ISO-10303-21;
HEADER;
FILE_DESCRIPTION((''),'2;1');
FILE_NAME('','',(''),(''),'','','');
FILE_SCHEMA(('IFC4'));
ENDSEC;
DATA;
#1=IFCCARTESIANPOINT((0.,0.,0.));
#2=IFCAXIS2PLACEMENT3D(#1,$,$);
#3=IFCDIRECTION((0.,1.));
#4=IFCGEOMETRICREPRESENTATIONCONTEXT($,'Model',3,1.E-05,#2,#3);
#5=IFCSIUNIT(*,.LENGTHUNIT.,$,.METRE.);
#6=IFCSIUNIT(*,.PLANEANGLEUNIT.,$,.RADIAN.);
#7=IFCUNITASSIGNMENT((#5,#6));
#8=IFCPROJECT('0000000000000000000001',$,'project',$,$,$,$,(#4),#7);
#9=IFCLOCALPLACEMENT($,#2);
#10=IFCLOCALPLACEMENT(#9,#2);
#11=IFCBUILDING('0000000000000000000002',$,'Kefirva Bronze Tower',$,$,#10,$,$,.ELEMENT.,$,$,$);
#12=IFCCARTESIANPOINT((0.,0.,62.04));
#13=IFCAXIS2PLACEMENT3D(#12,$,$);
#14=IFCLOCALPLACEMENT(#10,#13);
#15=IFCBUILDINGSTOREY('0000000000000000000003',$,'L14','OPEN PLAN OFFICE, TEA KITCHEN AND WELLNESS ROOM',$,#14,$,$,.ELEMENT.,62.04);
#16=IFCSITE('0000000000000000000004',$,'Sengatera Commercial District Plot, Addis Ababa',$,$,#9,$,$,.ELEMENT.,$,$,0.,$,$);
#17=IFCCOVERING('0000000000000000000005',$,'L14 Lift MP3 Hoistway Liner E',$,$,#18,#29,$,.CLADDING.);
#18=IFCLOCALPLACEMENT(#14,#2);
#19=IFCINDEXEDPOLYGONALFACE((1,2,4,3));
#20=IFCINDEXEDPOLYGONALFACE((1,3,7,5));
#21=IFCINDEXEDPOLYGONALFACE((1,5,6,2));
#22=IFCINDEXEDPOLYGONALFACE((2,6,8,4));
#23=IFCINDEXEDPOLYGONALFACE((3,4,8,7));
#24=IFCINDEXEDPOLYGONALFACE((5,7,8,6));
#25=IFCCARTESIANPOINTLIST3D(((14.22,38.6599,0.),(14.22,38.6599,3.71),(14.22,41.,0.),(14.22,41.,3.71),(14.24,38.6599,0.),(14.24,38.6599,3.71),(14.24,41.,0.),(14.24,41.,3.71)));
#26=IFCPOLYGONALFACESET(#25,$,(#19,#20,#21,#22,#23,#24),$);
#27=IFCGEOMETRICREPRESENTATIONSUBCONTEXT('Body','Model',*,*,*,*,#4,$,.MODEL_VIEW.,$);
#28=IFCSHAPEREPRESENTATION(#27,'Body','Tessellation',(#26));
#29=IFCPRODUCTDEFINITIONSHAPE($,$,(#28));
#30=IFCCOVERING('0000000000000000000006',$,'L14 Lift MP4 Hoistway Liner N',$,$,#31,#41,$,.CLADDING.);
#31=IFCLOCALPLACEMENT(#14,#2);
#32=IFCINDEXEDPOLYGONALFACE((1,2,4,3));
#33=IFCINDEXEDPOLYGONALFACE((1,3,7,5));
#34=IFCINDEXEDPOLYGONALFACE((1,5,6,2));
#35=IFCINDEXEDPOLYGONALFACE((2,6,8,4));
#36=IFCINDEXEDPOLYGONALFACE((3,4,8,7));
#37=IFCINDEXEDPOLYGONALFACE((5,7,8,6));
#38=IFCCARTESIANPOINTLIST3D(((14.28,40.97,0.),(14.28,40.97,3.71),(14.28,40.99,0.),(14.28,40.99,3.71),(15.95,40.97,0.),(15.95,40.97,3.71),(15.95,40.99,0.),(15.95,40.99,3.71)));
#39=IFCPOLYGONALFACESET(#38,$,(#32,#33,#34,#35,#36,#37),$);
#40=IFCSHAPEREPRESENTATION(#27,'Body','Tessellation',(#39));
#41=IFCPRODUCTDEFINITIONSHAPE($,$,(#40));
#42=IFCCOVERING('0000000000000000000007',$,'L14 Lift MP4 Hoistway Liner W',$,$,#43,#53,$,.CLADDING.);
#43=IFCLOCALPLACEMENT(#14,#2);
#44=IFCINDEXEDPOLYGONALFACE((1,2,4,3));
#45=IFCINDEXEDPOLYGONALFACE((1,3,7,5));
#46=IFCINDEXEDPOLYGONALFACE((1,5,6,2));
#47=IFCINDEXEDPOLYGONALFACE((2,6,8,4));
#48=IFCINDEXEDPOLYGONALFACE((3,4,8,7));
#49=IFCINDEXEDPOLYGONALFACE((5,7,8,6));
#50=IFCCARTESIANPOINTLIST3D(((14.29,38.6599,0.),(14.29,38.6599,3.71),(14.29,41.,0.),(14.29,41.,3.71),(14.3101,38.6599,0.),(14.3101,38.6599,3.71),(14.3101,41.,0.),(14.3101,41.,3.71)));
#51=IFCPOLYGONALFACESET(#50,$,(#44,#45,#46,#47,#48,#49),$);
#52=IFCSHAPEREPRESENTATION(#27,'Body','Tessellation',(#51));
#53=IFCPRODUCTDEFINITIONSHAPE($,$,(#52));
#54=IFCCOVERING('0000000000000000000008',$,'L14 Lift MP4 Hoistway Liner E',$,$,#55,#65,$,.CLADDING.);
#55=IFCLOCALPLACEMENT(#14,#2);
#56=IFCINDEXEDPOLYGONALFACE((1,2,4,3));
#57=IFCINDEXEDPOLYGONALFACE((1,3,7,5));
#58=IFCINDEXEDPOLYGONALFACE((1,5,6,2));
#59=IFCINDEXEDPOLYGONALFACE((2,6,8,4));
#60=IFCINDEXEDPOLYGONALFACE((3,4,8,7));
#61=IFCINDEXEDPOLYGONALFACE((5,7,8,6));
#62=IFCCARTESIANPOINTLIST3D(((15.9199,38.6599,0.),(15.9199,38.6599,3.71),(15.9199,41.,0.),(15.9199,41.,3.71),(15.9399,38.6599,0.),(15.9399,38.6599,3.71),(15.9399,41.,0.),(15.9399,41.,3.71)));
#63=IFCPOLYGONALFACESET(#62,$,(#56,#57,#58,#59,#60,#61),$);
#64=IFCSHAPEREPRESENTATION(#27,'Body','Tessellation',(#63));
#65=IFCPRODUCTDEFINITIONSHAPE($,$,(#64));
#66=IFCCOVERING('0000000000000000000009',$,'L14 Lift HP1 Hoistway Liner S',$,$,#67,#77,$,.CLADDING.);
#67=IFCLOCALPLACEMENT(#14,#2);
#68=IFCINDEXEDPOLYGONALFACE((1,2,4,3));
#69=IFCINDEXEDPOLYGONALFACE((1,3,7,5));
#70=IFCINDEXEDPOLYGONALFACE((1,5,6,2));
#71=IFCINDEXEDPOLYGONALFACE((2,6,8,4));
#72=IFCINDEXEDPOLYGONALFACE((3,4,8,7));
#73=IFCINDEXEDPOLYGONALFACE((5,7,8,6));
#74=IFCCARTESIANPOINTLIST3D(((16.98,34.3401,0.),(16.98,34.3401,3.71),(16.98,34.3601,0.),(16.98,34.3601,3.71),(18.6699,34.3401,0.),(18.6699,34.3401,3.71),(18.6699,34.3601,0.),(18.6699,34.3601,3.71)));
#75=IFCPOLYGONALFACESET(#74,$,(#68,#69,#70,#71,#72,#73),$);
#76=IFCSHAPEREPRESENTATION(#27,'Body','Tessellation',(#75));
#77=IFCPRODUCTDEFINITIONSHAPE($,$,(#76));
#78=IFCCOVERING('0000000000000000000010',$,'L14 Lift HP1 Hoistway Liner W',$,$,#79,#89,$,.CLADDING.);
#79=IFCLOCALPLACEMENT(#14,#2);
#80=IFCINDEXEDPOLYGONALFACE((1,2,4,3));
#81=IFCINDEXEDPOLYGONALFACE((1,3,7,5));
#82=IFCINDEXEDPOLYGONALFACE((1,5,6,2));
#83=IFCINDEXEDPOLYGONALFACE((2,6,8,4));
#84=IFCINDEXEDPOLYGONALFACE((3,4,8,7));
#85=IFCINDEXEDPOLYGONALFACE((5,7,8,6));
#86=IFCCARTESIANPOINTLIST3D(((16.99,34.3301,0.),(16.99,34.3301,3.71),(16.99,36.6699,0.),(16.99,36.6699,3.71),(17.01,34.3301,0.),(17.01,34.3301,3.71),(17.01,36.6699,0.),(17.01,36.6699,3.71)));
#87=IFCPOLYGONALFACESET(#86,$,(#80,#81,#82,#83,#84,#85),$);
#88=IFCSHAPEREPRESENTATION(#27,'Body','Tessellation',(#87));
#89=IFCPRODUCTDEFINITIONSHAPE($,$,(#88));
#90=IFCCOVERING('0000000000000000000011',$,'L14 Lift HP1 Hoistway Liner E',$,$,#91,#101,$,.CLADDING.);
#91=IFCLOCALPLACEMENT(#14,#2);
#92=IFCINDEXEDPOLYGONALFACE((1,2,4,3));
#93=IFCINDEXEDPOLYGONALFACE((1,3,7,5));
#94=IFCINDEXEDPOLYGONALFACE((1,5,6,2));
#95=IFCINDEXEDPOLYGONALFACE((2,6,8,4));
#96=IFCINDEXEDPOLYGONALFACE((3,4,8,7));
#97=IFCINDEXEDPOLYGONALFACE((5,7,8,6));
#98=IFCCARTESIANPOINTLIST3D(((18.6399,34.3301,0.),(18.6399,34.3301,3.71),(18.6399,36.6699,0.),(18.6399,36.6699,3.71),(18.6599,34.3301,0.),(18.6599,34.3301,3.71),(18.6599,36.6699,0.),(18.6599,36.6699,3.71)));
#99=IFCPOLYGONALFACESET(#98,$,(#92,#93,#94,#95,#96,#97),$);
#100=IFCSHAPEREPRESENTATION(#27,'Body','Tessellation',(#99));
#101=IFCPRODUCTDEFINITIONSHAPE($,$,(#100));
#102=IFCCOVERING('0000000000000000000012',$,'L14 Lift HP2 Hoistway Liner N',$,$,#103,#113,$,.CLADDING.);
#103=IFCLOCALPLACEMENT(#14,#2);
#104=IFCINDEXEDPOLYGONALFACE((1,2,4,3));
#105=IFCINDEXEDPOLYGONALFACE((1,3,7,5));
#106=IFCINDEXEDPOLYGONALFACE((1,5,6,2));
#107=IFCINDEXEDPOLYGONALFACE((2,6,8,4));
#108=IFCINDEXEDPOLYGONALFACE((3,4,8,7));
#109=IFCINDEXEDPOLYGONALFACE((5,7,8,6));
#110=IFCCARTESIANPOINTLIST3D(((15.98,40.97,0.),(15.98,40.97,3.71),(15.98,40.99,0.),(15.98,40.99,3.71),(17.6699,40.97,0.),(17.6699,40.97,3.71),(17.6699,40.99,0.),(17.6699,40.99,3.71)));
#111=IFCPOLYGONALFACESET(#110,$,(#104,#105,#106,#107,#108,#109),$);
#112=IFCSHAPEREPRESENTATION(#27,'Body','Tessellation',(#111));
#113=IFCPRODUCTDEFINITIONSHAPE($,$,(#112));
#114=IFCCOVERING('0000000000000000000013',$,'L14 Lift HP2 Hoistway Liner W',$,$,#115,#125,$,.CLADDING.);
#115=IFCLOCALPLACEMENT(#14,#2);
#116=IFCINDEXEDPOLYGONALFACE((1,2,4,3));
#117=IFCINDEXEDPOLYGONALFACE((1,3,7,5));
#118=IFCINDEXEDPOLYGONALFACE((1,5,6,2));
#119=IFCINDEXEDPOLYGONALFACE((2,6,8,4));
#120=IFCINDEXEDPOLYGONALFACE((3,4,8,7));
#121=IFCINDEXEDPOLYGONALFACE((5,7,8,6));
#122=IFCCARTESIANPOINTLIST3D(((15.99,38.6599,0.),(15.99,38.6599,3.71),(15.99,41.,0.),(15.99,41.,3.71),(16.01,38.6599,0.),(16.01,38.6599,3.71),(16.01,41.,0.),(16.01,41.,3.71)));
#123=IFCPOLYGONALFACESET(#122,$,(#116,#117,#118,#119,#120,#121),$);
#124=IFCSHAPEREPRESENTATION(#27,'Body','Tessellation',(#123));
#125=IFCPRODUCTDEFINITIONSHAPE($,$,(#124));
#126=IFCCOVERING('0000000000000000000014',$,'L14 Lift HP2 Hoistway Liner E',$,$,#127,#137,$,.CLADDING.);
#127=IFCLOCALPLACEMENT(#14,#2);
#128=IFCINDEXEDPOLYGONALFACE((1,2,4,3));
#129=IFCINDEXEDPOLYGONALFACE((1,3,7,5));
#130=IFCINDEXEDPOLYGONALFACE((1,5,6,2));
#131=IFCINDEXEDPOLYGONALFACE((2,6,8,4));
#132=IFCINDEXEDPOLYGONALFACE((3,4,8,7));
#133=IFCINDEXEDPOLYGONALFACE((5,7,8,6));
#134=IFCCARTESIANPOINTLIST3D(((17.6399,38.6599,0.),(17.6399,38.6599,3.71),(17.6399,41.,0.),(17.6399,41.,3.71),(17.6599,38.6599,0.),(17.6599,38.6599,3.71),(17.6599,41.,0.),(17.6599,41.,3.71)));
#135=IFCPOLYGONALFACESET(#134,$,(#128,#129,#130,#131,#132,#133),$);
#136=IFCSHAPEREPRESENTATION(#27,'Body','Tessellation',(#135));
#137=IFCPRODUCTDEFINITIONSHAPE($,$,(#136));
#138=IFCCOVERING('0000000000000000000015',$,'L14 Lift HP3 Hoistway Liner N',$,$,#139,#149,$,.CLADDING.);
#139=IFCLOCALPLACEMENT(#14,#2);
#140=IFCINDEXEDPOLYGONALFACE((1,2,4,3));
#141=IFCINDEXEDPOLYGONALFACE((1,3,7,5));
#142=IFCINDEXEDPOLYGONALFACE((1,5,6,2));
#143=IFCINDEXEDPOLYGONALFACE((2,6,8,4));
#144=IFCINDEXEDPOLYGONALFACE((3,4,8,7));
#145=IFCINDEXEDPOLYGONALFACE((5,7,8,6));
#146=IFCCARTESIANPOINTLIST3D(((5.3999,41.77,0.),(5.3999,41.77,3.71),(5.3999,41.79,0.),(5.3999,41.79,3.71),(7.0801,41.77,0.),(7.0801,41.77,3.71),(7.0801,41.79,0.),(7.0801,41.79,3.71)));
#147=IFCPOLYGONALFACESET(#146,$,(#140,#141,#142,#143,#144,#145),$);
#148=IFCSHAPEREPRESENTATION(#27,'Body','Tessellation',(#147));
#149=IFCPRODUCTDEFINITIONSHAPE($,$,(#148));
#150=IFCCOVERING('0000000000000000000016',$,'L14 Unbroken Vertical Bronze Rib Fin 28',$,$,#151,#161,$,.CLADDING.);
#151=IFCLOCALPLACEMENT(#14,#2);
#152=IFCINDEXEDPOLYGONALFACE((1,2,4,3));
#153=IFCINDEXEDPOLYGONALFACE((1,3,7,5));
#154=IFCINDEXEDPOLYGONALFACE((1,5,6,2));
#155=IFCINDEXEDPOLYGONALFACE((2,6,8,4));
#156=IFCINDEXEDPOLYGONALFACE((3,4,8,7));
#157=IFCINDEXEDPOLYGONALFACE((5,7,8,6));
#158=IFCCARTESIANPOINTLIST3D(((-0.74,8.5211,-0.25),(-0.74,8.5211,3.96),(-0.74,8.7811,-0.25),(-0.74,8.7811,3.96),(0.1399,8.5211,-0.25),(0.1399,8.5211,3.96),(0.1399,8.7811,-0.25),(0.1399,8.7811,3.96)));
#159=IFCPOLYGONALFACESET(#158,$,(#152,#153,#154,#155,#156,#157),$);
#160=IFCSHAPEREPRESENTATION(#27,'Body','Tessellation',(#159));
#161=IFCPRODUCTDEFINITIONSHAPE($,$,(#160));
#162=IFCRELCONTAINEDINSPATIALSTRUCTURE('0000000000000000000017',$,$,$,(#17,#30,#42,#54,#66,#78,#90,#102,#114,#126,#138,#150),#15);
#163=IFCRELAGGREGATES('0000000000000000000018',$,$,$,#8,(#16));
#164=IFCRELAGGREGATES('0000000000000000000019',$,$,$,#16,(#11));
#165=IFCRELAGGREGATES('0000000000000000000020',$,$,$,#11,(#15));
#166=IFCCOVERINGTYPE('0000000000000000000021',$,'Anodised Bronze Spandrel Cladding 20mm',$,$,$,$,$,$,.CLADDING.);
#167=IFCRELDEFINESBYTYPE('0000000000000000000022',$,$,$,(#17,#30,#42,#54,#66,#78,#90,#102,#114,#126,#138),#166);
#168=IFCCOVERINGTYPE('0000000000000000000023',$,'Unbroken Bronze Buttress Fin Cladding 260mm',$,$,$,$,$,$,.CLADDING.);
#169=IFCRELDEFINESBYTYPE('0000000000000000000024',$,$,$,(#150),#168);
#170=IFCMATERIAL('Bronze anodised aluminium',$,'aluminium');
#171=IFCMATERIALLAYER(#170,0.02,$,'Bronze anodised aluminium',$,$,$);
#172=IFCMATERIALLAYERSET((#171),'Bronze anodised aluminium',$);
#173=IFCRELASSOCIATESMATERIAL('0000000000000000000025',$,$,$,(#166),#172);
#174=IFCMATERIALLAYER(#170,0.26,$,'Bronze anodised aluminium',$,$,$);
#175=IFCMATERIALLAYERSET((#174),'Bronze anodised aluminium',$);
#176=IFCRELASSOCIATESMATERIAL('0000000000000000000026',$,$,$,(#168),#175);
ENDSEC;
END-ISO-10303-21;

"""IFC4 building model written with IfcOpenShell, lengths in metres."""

from ifc_helpers import new_model, si_unit, direction, frame, origin, origin_2d, place, context, subcontext, project, spatial, polyline, rectangle, outline, extrude, material, layer, layer_set, type_object, element, save


model = new_model("IFC4")

# Units and contexts
model_context = context("Model", 3, precision=1e-05, world=origin(), true_north=direction((0.0, 1.0)))
body_context = subcontext(model_context, "Body", "Model", "MODEL_VIEW")
ifc_project = project(units=[si_unit("LENGTHUNIT", "METRE"), si_unit("PLANEANGLEUNIT", "RADIAN")], contexts=[model_context])

# Site, building, storey
site_placement = place(None, origin())
site = spatial("IfcSite", under=ifc_project, at=site_placement, Name="Sengatera Commercial District Plot, Addis Ababa", CompositionType="ELEMENT", RefElevation=0.0)
building_placement = place(site_placement, origin())
building = spatial("IfcBuilding", under=site, at=building_placement, Name="Kefirva Bronze Tower", CompositionType="ELEMENT")
storey_placement = place(building_placement, frame((0.0, 0.0, 62.04)))
storey = spatial("IfcBuildingStorey", under=building, at=storey_placement, Name="L14", Description="OPEN PLAN OFFICE, TEA KITCHEN AND WELLNESS ROOM", CompositionType="ELEMENT", Elevation=62.04)

# Coverings
ifc_material = material(Name="Bronze anodised aluminium", Category="aluminium")
ifc_layer_1 = layer(ifc_material, 0.02, Name="Bronze anodised aluminium")
ifc_layer_set_1 = layer_set([ifc_layer_1], Name="Bronze anodised aluminium")
covering_type_1 = type_object("IfcCoveringType", Name="Anodised Bronze Spandrel Cladding 20mm", PredefinedType="CLADDING", material=ifc_layer_set_1)
covering_1_placement = place(storey_placement, origin())
element("IfcCovering", 1, at=covering_1_placement, inside=storey, type_object=covering_type_1, Name="L14 Lift MP3 Hoistway Liner E", PredefinedType="CLADDING", context=body_context, shape_type="SweptSolid", body=[
    extrude(outline(polyline([(14.22, 38.6599), (14.24, 38.6599), (14.24, 41.0), (14.22, 41.0), (14.22, 38.6599)])), origin(), (0.0, 0.0, 1.0), 3.71),
])
covering_2_placement = place(storey_placement, origin())
element("IfcCovering", 2, at=covering_2_placement, inside=storey, type_object=covering_type_1, Name="L14 Lift MP4 Hoistway Liner N", PredefinedType="CLADDING", context=body_context, shape_type="SweptSolid", body=[
    extrude(outline(polyline([(14.28, 40.97), (15.95, 40.97), (15.95, 40.99), (14.28, 40.99), (14.28, 40.97)])), origin(), (0.0, 0.0, 1.0), 3.71),
])
covering_3_placement = place(storey_placement, origin())
element("IfcCovering", 3, at=covering_3_placement, inside=storey, type_object=covering_type_1, Name="L14 Lift MP4 Hoistway Liner W", PredefinedType="CLADDING", context=body_context, shape_type="SweptSolid", body=[
    extrude(outline(polyline([(14.29, 38.6599), (14.3101, 38.6599), (14.3101, 41.0), (14.29, 41.0), (14.29, 38.6599)])), origin(), (0.0, 0.0, 1.0), 3.71),
])
covering_4_placement = place(storey_placement, origin())
element("IfcCovering", 4, at=covering_4_placement, inside=storey, type_object=covering_type_1, Name="L14 Lift MP4 Hoistway Liner E", PredefinedType="CLADDING", context=body_context, shape_type="SweptSolid", body=[
    extrude(outline(polyline([(15.9199, 38.6599), (15.9399, 38.6599), (15.9399, 41.0), (15.9199, 41.0), (15.9199, 38.6599)])), origin(), (0.0, 0.0, 1.0), 3.71),
])
covering_5_placement = place(storey_placement, origin())
element("IfcCovering", 5, at=covering_5_placement, inside=storey, type_object=covering_type_1, Name="L14 Lift HP1 Hoistway Liner S", PredefinedType="CLADDING", context=body_context, shape_type="SweptSolid", body=[
    extrude(outline(polyline([(16.98, 34.3401), (18.6699, 34.3401), (18.6699, 34.3601), (16.98, 34.3601), (16.98, 34.3401)])), origin(), (0.0, 0.0, 1.0), 3.71),
])
covering_6_placement = place(storey_placement, origin())
element("IfcCovering", 6, at=covering_6_placement, inside=storey, type_object=covering_type_1, Name="L14 Lift HP1 Hoistway Liner W", PredefinedType="CLADDING", context=body_context, shape_type="SweptSolid", body=[
    extrude(outline(polyline([(16.99, 34.3301), (17.01, 34.3301), (17.01, 36.6699), (16.99, 36.6699), (16.99, 34.3301)])), origin(), (0.0, 0.0, 1.0), 3.71),
])
covering_7_placement = place(storey_placement, origin())
element("IfcCovering", 7, at=covering_7_placement, inside=storey, type_object=covering_type_1, Name="L14 Lift HP1 Hoistway Liner E", PredefinedType="CLADDING", context=body_context, shape_type="SweptSolid", body=[
    extrude(outline(polyline([(18.6399, 34.3301), (18.6599, 34.3301), (18.6599, 36.6699), (18.6399, 36.6699), (18.6399, 34.3301)])), origin(), (0.0, 0.0, 1.0), 3.71),
])
covering_8_placement = place(storey_placement, origin())
element("IfcCovering", 8, at=covering_8_placement, inside=storey, type_object=covering_type_1, Name="L14 Lift HP2 Hoistway Liner N", PredefinedType="CLADDING", context=body_context, shape_type="SweptSolid", body=[
    extrude(outline(polyline([(15.98, 40.97), (17.6699, 40.97), (17.6699, 40.99), (15.98, 40.99), (15.98, 40.97)])), origin(), (0.0, 0.0, 1.0), 3.71),
])
covering_9_placement = place(storey_placement, origin())
element("IfcCovering", 9, at=covering_9_placement, inside=storey, type_object=covering_type_1, Name="L14 Lift HP2 Hoistway Liner W", PredefinedType="CLADDING", context=body_context, shape_type="SweptSolid", body=[
    extrude(outline(polyline([(15.99, 38.6599), (16.01, 38.6599), (16.01, 41.0), (15.99, 41.0), (15.99, 38.6599)])), origin(), (0.0, 0.0, 1.0), 3.71),
])
covering_10_placement = place(storey_placement, origin())
element("IfcCovering", 10, at=covering_10_placement, inside=storey, type_object=covering_type_1, Name="L14 Lift HP2 Hoistway Liner E", PredefinedType="CLADDING", context=body_context, shape_type="SweptSolid", body=[
    extrude(outline(polyline([(17.6399, 38.6599), (17.6599, 38.6599), (17.6599, 41.0), (17.6399, 41.0), (17.6399, 38.6599)])), origin(), (0.0, 0.0, 1.0), 3.71),
])
covering_11_placement = place(storey_placement, origin())
element("IfcCovering", 11, at=covering_11_placement, inside=storey, type_object=covering_type_1, Name="L14 Lift HP3 Hoistway Liner N", PredefinedType="CLADDING", context=body_context, shape_type="SweptSolid", body=[
    extrude(outline(polyline([(5.3999, 41.77), (7.0801, 41.77), (7.0801, 41.79), (5.3999, 41.79), (5.3999, 41.77)])), origin(), (0.0, 0.0, 1.0), 3.71),
])
ifc_layer_2 = layer(ifc_material, 0.26, Name="Bronze anodised aluminium")
ifc_layer_set_2 = layer_set([ifc_layer_2], Name="Bronze anodised aluminium")
covering_type_2 = type_object("IfcCoveringType", Name="Unbroken Bronze Buttress Fin Cladding 260mm", PredefinedType="CLADDING", material=ifc_layer_set_2)
covering_12_placement = place(storey_placement, frame((-0.3, 8.6511, -0.25), z_axis=(0.0, 0.0, 1.0), x_axis=(0.0, -1.0, 0.0)))
element("IfcCovering", 12, at=covering_12_placement, inside=storey, type_object=covering_type_2, Name="L14 Unbroken Vertical Bronze Rib Fin 28", PredefinedType="CLADDING", context=body_context, shape_type="SweptSolid", body=[
    extrude(rectangle(XDim=0.26, YDim=0.8799, at=origin_2d()), origin(), (0.0, 0.0, 1.0), 4.21),
])

save(model, "model.ifc")
